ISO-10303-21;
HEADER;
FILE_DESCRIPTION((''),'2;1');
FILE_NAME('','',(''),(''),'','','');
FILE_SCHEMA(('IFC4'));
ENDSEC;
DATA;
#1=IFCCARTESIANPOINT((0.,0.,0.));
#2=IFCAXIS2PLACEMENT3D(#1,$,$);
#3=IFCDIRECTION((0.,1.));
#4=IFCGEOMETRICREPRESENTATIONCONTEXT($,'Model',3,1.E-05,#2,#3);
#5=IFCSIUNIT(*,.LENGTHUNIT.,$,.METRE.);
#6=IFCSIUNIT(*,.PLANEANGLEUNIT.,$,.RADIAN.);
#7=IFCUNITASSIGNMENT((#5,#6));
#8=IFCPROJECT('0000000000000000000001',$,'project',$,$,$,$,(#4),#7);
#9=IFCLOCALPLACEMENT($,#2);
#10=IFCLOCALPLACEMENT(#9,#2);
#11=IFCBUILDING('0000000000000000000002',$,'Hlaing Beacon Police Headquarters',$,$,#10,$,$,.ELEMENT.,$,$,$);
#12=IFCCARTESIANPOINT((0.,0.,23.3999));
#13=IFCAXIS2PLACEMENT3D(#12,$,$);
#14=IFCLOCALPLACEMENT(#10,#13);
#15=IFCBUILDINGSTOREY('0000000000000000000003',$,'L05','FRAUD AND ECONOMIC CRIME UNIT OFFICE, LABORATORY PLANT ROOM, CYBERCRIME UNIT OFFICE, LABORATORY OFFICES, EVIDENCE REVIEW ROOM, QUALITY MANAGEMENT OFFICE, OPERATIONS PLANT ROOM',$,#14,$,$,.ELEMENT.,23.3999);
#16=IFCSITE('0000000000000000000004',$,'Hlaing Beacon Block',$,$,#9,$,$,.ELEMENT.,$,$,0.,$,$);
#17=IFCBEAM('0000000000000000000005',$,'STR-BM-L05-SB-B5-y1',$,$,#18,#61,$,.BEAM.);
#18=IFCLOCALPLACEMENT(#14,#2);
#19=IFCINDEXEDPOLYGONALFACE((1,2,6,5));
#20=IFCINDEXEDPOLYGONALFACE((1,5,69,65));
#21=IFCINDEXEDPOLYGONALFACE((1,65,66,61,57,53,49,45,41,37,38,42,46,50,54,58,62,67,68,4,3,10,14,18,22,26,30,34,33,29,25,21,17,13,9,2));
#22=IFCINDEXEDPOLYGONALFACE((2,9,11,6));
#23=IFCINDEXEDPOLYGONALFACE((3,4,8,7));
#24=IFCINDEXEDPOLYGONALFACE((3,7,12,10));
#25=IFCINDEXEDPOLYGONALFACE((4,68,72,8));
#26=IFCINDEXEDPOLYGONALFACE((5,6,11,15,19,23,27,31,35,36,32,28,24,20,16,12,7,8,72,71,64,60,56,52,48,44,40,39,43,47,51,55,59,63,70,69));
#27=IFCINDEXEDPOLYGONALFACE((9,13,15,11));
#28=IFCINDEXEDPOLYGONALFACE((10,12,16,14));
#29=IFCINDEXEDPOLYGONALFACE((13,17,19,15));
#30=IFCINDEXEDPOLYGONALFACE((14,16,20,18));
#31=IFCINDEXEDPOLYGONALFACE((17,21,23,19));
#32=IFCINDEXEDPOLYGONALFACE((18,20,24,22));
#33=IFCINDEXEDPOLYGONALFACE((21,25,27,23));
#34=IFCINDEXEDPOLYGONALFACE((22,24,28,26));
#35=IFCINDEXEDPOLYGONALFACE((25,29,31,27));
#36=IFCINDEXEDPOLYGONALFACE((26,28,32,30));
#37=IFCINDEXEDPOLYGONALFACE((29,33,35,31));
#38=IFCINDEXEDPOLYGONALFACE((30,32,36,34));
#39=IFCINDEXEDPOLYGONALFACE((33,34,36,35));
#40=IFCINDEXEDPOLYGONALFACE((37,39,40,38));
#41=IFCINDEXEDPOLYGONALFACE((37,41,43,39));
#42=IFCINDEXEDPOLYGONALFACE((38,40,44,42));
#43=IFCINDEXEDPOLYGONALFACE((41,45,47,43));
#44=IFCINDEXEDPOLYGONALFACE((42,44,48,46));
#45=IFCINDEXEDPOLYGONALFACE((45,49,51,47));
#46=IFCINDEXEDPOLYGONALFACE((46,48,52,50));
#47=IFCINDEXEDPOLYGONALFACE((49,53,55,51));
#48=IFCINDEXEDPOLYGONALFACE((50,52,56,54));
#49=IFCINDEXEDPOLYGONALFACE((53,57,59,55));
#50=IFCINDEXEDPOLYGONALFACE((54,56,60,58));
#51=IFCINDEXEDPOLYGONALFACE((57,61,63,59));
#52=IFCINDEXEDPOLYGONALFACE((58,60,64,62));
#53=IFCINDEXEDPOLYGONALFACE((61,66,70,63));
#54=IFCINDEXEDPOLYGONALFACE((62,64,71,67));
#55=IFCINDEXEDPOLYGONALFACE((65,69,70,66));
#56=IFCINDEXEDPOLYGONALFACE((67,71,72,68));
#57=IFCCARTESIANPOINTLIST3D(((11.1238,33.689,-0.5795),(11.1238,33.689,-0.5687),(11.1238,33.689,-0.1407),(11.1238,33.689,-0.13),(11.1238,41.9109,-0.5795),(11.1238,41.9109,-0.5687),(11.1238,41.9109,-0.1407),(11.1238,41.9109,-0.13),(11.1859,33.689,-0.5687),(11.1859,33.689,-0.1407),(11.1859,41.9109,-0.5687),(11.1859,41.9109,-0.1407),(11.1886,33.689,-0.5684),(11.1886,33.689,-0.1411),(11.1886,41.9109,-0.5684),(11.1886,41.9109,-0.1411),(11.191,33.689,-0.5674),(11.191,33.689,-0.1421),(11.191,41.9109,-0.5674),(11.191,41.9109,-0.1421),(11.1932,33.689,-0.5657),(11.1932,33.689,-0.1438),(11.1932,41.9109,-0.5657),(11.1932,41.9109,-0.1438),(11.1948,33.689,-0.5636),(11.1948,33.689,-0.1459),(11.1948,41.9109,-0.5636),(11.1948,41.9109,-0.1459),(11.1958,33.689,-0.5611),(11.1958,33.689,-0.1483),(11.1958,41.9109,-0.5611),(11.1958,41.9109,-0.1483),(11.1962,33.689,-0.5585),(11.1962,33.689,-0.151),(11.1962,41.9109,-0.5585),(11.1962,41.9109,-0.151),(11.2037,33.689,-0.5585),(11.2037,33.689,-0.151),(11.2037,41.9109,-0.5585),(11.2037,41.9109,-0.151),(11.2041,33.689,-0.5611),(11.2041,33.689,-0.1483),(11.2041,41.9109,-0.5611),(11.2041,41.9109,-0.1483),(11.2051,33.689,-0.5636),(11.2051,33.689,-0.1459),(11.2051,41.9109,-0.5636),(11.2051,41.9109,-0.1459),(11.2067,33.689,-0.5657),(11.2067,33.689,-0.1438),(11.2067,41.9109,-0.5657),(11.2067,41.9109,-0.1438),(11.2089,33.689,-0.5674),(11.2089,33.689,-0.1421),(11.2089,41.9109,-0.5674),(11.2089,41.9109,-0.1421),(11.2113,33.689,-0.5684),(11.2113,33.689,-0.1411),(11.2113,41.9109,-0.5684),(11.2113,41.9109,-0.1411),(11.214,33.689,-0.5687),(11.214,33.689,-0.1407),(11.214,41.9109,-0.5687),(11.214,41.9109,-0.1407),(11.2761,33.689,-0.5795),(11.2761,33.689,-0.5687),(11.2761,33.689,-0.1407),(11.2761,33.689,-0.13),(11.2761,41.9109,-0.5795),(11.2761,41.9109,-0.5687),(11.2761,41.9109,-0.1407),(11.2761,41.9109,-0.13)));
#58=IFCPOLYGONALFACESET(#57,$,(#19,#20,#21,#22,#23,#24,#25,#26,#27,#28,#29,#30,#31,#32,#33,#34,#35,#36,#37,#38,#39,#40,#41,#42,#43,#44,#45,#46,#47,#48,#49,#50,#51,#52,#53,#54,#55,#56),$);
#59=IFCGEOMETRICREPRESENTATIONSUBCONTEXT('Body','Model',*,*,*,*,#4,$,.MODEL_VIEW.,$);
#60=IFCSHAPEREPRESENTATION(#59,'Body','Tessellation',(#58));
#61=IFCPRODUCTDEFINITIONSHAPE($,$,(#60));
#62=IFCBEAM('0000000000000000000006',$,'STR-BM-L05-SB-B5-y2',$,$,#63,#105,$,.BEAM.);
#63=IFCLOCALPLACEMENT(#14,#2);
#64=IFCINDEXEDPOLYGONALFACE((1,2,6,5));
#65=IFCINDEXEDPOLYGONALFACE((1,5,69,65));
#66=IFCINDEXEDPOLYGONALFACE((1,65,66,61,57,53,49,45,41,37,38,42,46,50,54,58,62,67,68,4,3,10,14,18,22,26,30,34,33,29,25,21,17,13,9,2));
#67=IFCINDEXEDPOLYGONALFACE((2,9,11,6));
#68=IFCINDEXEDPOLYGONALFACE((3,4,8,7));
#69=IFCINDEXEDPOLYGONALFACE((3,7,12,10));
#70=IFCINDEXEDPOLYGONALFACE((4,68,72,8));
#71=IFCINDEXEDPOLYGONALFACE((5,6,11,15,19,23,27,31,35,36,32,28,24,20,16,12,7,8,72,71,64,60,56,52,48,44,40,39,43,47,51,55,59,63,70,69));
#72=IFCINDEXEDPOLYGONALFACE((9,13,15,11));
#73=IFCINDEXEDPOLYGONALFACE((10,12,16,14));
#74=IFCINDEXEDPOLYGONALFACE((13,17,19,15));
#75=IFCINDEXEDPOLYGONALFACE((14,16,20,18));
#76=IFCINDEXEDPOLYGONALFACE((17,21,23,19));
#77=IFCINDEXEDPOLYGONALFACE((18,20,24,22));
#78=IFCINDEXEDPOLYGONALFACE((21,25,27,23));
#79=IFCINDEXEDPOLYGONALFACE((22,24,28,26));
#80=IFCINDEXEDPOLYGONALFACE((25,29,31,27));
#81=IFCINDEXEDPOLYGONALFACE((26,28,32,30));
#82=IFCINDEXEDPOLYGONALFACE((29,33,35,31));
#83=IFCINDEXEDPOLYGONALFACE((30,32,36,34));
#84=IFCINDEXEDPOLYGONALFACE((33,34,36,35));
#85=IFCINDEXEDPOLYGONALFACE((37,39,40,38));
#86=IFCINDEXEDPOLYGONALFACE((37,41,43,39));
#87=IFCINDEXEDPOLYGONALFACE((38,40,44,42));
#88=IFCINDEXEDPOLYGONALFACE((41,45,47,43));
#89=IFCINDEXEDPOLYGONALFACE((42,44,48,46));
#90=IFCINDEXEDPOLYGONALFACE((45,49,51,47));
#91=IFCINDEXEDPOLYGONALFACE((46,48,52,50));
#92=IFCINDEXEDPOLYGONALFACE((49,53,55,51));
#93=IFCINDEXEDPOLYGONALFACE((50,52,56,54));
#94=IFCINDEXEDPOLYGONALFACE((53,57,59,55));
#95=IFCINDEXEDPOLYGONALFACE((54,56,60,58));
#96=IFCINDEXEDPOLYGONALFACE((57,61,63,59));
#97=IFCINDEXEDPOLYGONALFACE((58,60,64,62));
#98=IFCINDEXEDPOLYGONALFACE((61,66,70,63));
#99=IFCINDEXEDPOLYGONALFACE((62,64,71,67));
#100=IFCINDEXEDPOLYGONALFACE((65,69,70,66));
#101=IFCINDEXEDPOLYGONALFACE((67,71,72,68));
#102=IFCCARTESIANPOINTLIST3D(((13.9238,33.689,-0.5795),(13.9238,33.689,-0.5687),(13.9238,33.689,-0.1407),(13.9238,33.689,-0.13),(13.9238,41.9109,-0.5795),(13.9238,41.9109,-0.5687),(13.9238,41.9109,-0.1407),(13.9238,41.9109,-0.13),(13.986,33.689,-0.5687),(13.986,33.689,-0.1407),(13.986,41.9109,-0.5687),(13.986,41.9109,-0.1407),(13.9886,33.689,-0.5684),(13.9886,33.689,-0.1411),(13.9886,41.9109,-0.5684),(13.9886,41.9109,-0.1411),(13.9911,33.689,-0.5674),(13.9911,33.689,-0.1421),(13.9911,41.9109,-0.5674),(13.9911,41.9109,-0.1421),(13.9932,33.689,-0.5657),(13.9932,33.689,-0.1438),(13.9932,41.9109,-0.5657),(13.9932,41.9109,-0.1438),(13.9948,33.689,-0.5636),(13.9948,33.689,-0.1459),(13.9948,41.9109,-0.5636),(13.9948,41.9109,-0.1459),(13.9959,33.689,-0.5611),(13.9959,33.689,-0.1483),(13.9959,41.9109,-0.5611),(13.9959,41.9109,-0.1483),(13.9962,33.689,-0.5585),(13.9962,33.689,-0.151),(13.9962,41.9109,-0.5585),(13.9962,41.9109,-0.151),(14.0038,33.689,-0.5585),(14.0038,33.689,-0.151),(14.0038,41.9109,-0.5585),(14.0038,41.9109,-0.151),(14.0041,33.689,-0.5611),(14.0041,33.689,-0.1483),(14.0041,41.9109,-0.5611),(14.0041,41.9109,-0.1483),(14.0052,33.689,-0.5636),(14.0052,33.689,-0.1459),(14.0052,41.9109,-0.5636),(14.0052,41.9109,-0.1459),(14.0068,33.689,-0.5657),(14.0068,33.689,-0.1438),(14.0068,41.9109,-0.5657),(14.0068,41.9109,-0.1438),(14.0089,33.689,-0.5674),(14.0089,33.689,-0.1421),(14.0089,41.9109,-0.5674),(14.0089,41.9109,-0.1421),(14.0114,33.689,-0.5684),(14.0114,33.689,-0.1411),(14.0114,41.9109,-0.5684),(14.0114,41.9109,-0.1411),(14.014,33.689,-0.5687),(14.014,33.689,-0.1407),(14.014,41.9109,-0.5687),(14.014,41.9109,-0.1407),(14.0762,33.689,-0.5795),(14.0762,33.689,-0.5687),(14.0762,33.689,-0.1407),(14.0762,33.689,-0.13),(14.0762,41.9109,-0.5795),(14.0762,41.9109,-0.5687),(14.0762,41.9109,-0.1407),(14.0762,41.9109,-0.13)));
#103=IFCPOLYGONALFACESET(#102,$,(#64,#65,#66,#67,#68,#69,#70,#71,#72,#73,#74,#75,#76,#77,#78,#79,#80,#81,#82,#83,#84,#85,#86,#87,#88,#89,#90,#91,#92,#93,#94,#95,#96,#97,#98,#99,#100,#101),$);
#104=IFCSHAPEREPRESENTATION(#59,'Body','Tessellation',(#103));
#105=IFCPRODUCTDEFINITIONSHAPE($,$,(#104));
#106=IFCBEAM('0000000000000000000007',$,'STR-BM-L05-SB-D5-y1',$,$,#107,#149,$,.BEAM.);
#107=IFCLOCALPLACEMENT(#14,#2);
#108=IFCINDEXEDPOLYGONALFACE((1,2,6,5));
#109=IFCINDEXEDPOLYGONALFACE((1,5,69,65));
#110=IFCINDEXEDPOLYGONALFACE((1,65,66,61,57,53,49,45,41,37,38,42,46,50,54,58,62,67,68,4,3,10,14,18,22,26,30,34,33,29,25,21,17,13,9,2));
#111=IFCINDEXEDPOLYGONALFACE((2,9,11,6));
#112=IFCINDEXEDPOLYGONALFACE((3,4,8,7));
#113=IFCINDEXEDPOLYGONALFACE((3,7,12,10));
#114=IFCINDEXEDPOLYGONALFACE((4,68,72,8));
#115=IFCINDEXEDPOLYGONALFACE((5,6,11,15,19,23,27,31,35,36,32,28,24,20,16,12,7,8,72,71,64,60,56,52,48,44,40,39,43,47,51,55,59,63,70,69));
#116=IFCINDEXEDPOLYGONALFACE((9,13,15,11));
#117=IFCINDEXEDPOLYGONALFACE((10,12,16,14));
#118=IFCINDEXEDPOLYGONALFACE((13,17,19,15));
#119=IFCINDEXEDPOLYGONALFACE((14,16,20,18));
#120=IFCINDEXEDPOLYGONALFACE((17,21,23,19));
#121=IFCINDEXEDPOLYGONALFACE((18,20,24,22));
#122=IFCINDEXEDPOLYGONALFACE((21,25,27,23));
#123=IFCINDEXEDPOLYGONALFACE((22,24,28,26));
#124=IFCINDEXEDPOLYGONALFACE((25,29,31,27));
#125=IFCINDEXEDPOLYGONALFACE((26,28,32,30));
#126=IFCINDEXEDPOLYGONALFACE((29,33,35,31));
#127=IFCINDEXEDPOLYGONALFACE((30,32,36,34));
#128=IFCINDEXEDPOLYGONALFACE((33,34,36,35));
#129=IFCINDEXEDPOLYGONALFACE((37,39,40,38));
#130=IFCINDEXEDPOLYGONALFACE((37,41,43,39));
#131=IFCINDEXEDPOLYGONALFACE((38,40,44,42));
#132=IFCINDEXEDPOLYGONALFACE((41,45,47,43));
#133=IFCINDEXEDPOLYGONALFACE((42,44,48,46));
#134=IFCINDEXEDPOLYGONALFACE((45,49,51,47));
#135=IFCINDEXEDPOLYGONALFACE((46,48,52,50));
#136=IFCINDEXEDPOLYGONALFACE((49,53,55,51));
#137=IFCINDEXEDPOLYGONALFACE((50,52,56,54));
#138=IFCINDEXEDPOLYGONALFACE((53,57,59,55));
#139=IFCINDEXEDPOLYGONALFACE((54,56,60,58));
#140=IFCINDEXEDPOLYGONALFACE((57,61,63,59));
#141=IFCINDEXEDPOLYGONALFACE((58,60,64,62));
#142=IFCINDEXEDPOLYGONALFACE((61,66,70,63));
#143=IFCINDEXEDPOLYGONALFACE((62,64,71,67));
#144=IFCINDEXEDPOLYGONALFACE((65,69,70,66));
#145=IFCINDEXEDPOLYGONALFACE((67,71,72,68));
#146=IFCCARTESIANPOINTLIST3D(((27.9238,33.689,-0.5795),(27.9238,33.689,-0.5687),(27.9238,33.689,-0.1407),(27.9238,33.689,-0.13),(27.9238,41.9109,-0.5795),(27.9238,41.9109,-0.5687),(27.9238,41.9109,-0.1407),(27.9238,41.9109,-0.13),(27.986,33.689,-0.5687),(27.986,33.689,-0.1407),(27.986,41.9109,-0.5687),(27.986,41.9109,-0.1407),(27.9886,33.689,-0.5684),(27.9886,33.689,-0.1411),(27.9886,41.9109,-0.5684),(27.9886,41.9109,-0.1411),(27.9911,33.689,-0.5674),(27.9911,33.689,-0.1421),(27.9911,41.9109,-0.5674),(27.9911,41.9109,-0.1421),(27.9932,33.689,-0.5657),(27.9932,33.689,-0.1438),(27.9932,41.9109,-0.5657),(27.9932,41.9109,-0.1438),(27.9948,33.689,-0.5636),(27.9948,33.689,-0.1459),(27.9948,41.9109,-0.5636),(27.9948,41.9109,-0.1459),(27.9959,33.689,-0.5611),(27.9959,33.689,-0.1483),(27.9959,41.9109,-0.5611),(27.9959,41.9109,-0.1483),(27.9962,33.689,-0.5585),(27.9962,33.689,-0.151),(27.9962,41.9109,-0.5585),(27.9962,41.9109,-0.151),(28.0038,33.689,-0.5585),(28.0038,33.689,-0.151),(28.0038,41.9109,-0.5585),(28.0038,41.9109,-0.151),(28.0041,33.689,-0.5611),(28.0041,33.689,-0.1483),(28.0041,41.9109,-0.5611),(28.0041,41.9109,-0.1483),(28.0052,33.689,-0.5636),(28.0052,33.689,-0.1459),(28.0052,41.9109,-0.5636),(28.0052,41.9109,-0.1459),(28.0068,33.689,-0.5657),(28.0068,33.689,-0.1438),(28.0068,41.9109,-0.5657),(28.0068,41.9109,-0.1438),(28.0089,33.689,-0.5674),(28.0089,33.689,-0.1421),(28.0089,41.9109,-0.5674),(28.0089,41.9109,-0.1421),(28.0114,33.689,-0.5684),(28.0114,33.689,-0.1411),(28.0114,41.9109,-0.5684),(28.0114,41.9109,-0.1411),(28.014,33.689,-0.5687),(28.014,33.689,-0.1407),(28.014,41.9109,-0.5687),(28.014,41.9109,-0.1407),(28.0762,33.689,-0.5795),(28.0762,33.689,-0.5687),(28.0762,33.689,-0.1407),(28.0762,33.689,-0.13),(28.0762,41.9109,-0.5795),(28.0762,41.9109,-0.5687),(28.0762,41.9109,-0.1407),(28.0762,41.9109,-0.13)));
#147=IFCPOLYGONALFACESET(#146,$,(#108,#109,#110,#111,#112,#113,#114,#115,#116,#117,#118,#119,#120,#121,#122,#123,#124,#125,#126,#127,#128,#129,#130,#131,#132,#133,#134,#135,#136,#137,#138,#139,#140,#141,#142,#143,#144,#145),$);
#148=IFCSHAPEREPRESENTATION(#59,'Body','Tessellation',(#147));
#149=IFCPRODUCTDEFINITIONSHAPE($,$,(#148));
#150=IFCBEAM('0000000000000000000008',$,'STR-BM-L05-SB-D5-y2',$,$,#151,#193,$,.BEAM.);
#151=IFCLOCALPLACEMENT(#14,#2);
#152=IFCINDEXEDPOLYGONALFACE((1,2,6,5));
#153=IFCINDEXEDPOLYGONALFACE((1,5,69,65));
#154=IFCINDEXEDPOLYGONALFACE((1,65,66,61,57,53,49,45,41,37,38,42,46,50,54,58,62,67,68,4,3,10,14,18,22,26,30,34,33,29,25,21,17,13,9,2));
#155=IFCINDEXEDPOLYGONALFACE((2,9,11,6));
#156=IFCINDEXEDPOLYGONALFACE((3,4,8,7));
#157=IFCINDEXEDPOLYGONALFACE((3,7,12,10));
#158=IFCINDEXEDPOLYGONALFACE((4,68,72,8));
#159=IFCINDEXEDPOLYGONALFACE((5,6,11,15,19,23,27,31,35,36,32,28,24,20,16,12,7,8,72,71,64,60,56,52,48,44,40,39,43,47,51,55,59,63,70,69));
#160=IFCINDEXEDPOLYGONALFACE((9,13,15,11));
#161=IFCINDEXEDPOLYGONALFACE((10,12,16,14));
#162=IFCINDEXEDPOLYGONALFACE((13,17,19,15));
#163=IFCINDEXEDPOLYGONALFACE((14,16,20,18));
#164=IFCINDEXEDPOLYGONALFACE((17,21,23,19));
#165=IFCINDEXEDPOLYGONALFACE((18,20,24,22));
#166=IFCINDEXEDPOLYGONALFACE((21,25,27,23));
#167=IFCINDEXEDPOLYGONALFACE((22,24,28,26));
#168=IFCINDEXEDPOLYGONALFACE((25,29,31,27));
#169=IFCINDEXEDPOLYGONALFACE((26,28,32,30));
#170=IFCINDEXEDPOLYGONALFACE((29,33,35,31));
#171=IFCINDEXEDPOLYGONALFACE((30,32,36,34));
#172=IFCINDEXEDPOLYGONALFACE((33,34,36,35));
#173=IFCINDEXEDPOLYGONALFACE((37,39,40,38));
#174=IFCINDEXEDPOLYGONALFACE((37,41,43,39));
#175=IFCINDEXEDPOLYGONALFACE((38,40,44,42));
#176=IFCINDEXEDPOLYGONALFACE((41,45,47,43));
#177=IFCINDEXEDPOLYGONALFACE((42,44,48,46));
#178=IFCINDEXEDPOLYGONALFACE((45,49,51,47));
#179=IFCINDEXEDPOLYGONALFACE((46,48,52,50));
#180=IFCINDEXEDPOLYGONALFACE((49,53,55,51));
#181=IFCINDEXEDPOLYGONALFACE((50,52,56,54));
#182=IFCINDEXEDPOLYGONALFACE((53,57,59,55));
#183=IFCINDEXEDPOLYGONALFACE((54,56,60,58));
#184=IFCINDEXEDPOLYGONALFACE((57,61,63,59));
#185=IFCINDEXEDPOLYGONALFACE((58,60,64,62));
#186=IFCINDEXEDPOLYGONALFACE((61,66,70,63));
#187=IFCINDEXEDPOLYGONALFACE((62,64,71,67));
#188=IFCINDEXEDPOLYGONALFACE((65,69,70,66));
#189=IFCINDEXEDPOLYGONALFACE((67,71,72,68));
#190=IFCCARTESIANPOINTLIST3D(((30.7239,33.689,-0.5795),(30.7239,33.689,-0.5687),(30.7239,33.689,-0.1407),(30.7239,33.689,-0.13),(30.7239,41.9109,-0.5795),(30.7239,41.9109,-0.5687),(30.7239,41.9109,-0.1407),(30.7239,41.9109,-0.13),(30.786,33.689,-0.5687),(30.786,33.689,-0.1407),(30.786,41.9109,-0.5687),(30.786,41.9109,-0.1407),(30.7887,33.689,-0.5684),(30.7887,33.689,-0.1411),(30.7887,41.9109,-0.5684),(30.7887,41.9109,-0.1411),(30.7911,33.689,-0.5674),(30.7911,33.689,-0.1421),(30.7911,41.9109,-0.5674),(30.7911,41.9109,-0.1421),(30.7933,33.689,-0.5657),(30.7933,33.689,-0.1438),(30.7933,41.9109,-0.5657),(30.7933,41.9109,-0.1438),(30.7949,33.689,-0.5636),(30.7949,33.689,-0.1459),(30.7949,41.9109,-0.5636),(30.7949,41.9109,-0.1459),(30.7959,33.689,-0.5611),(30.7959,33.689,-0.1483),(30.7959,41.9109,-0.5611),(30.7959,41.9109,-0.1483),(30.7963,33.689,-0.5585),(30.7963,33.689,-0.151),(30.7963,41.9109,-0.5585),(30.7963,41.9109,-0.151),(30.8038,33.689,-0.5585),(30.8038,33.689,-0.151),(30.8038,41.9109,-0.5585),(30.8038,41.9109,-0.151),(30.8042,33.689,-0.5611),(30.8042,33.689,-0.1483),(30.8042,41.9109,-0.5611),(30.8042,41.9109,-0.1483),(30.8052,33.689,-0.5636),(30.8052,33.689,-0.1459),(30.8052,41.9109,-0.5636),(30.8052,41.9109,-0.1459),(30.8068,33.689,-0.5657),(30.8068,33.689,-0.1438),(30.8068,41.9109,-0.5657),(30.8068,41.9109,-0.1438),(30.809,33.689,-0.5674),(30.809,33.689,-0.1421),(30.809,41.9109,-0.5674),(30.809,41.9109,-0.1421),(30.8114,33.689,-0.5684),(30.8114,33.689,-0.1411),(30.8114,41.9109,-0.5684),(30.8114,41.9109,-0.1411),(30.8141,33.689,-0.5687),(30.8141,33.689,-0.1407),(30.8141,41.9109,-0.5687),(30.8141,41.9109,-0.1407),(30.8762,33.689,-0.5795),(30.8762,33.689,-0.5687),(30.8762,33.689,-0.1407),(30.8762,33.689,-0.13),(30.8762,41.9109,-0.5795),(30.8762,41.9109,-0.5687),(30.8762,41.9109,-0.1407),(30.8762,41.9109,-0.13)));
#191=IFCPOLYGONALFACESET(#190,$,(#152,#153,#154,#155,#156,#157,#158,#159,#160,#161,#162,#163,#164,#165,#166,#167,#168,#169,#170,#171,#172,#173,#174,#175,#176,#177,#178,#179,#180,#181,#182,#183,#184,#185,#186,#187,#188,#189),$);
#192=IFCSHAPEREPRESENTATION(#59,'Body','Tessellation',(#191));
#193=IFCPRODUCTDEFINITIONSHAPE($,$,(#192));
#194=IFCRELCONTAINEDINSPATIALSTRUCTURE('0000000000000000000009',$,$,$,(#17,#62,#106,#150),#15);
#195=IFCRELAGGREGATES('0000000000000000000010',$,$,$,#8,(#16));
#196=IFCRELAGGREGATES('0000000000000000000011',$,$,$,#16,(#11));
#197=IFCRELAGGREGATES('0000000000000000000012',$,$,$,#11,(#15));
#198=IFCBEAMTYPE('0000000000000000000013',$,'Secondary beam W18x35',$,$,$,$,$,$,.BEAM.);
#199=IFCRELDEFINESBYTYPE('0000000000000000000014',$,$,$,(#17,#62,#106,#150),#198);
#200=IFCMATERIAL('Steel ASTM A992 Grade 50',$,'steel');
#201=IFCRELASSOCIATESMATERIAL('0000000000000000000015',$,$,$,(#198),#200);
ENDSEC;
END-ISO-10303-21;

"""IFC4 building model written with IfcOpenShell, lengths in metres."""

from ifc_helpers import new_model, si_unit, direction, frame, origin, origin_2d, place, context, subcontext, project, spatial, i_section, extrude, material, material_profile, profile_set, type_object, element, save


model = new_model("IFC4")

# Units and contexts
model_context = context("Model", 3, precision=1e-05, world=origin(), true_north=direction((0.0, 1.0)))
body_context = subcontext(model_context, "Body", "Model", "MODEL_VIEW")
ifc_project = project(units=[si_unit("LENGTHUNIT", "METRE"), si_unit("PLANEANGLEUNIT", "RADIAN")], contexts=[model_context])

# Site, building, storey
site_placement = place(None, origin())
site = spatial("IfcSite", under=ifc_project, at=site_placement, Name="Hlaing Beacon Block", CompositionType="ELEMENT", RefElevation=0.0)
building_placement = place(site_placement, origin())
building = spatial("IfcBuilding", under=site, at=building_placement, Name="Hlaing Beacon Police Headquarters", CompositionType="ELEMENT")
storey_placement = place(building_placement, frame((0.0, 0.0, 23.3999)))
storey = spatial("IfcBuildingStorey", under=building, at=storey_placement, Name="L05", Description="FRAUD AND ECONOMIC CRIME UNIT OFFICE, LABORATORY PLANT ROOM, CYBERCRIME UNIT OFFICE, LABORATORY OFFICES, EVIDENCE REVIEW ROOM, QUALITY MANAGEMENT OFFICE, OPERATIONS PLANT ROOM", CompositionType="ELEMENT", Elevation=23.3999)

# Beams
ifc_material_1 = material(Name="Steel ASTM A992 Grade 50", Category="steel")
ifc_material_profile_1 = material_profile(ifc_material_1, i_section(OverallWidth=0.1523, OverallDepth=0.4495, WebThickness=0.0076, FlangeThickness=0.0107, FilletRadius=0.0103, at=origin_2d()), Name="W18x35")
ifc_profile_set_1 = profile_set([ifc_material_profile_1], Name="Steel ASTM A992 Grade 50")
beam_type_1 = type_object("IfcBeamType", Name="Secondary beam W18x35", PredefinedType="BEAM", material=ifc_profile_set_1)
for number, where, z_axis, x_axis, name in (
    (1, (11.2, 33.689, -0.3547), (0.0, 1.0, 0.0), (-1.0, 0.0, 0.0), "STR-BM-L05-SB-B5-y1"),
    (2, (14.0, 33.689, -0.3547), (0.0, 1.0, 0.0), (-1.0, 0.0, 0.0), "STR-BM-L05-SB-B5-y2"),
    (3, (28.0, 33.689, -0.3547), (0.0, 1.0, 0.0), (-1.0, 0.0, 0.0), "STR-BM-L05-SB-D5-y1"),
    (4, (30.8, 33.689, -0.3547), (0.0, 1.0, 0.0), (-1.0, 0.0, 0.0), "STR-BM-L05-SB-D5-y2"),
):
    element("IfcBeam", number, at=place(storey_placement, frame(where, z_axis=z_axis, x_axis=x_axis)), inside=storey, type_object=beam_type_1, Name=name, PredefinedType="BEAM", context=body_context, shape_type="SweptSolid", body=[
        extrude(i_section(OverallWidth=0.1523, OverallDepth=0.4495, WebThickness=0.0076, FlangeThickness=0.0107, FilletRadius=0.0103, at=origin_2d()), origin(), (0.0, 0.0, 1.0), 8.2219),
    ])

save(model, "model.ifc")
